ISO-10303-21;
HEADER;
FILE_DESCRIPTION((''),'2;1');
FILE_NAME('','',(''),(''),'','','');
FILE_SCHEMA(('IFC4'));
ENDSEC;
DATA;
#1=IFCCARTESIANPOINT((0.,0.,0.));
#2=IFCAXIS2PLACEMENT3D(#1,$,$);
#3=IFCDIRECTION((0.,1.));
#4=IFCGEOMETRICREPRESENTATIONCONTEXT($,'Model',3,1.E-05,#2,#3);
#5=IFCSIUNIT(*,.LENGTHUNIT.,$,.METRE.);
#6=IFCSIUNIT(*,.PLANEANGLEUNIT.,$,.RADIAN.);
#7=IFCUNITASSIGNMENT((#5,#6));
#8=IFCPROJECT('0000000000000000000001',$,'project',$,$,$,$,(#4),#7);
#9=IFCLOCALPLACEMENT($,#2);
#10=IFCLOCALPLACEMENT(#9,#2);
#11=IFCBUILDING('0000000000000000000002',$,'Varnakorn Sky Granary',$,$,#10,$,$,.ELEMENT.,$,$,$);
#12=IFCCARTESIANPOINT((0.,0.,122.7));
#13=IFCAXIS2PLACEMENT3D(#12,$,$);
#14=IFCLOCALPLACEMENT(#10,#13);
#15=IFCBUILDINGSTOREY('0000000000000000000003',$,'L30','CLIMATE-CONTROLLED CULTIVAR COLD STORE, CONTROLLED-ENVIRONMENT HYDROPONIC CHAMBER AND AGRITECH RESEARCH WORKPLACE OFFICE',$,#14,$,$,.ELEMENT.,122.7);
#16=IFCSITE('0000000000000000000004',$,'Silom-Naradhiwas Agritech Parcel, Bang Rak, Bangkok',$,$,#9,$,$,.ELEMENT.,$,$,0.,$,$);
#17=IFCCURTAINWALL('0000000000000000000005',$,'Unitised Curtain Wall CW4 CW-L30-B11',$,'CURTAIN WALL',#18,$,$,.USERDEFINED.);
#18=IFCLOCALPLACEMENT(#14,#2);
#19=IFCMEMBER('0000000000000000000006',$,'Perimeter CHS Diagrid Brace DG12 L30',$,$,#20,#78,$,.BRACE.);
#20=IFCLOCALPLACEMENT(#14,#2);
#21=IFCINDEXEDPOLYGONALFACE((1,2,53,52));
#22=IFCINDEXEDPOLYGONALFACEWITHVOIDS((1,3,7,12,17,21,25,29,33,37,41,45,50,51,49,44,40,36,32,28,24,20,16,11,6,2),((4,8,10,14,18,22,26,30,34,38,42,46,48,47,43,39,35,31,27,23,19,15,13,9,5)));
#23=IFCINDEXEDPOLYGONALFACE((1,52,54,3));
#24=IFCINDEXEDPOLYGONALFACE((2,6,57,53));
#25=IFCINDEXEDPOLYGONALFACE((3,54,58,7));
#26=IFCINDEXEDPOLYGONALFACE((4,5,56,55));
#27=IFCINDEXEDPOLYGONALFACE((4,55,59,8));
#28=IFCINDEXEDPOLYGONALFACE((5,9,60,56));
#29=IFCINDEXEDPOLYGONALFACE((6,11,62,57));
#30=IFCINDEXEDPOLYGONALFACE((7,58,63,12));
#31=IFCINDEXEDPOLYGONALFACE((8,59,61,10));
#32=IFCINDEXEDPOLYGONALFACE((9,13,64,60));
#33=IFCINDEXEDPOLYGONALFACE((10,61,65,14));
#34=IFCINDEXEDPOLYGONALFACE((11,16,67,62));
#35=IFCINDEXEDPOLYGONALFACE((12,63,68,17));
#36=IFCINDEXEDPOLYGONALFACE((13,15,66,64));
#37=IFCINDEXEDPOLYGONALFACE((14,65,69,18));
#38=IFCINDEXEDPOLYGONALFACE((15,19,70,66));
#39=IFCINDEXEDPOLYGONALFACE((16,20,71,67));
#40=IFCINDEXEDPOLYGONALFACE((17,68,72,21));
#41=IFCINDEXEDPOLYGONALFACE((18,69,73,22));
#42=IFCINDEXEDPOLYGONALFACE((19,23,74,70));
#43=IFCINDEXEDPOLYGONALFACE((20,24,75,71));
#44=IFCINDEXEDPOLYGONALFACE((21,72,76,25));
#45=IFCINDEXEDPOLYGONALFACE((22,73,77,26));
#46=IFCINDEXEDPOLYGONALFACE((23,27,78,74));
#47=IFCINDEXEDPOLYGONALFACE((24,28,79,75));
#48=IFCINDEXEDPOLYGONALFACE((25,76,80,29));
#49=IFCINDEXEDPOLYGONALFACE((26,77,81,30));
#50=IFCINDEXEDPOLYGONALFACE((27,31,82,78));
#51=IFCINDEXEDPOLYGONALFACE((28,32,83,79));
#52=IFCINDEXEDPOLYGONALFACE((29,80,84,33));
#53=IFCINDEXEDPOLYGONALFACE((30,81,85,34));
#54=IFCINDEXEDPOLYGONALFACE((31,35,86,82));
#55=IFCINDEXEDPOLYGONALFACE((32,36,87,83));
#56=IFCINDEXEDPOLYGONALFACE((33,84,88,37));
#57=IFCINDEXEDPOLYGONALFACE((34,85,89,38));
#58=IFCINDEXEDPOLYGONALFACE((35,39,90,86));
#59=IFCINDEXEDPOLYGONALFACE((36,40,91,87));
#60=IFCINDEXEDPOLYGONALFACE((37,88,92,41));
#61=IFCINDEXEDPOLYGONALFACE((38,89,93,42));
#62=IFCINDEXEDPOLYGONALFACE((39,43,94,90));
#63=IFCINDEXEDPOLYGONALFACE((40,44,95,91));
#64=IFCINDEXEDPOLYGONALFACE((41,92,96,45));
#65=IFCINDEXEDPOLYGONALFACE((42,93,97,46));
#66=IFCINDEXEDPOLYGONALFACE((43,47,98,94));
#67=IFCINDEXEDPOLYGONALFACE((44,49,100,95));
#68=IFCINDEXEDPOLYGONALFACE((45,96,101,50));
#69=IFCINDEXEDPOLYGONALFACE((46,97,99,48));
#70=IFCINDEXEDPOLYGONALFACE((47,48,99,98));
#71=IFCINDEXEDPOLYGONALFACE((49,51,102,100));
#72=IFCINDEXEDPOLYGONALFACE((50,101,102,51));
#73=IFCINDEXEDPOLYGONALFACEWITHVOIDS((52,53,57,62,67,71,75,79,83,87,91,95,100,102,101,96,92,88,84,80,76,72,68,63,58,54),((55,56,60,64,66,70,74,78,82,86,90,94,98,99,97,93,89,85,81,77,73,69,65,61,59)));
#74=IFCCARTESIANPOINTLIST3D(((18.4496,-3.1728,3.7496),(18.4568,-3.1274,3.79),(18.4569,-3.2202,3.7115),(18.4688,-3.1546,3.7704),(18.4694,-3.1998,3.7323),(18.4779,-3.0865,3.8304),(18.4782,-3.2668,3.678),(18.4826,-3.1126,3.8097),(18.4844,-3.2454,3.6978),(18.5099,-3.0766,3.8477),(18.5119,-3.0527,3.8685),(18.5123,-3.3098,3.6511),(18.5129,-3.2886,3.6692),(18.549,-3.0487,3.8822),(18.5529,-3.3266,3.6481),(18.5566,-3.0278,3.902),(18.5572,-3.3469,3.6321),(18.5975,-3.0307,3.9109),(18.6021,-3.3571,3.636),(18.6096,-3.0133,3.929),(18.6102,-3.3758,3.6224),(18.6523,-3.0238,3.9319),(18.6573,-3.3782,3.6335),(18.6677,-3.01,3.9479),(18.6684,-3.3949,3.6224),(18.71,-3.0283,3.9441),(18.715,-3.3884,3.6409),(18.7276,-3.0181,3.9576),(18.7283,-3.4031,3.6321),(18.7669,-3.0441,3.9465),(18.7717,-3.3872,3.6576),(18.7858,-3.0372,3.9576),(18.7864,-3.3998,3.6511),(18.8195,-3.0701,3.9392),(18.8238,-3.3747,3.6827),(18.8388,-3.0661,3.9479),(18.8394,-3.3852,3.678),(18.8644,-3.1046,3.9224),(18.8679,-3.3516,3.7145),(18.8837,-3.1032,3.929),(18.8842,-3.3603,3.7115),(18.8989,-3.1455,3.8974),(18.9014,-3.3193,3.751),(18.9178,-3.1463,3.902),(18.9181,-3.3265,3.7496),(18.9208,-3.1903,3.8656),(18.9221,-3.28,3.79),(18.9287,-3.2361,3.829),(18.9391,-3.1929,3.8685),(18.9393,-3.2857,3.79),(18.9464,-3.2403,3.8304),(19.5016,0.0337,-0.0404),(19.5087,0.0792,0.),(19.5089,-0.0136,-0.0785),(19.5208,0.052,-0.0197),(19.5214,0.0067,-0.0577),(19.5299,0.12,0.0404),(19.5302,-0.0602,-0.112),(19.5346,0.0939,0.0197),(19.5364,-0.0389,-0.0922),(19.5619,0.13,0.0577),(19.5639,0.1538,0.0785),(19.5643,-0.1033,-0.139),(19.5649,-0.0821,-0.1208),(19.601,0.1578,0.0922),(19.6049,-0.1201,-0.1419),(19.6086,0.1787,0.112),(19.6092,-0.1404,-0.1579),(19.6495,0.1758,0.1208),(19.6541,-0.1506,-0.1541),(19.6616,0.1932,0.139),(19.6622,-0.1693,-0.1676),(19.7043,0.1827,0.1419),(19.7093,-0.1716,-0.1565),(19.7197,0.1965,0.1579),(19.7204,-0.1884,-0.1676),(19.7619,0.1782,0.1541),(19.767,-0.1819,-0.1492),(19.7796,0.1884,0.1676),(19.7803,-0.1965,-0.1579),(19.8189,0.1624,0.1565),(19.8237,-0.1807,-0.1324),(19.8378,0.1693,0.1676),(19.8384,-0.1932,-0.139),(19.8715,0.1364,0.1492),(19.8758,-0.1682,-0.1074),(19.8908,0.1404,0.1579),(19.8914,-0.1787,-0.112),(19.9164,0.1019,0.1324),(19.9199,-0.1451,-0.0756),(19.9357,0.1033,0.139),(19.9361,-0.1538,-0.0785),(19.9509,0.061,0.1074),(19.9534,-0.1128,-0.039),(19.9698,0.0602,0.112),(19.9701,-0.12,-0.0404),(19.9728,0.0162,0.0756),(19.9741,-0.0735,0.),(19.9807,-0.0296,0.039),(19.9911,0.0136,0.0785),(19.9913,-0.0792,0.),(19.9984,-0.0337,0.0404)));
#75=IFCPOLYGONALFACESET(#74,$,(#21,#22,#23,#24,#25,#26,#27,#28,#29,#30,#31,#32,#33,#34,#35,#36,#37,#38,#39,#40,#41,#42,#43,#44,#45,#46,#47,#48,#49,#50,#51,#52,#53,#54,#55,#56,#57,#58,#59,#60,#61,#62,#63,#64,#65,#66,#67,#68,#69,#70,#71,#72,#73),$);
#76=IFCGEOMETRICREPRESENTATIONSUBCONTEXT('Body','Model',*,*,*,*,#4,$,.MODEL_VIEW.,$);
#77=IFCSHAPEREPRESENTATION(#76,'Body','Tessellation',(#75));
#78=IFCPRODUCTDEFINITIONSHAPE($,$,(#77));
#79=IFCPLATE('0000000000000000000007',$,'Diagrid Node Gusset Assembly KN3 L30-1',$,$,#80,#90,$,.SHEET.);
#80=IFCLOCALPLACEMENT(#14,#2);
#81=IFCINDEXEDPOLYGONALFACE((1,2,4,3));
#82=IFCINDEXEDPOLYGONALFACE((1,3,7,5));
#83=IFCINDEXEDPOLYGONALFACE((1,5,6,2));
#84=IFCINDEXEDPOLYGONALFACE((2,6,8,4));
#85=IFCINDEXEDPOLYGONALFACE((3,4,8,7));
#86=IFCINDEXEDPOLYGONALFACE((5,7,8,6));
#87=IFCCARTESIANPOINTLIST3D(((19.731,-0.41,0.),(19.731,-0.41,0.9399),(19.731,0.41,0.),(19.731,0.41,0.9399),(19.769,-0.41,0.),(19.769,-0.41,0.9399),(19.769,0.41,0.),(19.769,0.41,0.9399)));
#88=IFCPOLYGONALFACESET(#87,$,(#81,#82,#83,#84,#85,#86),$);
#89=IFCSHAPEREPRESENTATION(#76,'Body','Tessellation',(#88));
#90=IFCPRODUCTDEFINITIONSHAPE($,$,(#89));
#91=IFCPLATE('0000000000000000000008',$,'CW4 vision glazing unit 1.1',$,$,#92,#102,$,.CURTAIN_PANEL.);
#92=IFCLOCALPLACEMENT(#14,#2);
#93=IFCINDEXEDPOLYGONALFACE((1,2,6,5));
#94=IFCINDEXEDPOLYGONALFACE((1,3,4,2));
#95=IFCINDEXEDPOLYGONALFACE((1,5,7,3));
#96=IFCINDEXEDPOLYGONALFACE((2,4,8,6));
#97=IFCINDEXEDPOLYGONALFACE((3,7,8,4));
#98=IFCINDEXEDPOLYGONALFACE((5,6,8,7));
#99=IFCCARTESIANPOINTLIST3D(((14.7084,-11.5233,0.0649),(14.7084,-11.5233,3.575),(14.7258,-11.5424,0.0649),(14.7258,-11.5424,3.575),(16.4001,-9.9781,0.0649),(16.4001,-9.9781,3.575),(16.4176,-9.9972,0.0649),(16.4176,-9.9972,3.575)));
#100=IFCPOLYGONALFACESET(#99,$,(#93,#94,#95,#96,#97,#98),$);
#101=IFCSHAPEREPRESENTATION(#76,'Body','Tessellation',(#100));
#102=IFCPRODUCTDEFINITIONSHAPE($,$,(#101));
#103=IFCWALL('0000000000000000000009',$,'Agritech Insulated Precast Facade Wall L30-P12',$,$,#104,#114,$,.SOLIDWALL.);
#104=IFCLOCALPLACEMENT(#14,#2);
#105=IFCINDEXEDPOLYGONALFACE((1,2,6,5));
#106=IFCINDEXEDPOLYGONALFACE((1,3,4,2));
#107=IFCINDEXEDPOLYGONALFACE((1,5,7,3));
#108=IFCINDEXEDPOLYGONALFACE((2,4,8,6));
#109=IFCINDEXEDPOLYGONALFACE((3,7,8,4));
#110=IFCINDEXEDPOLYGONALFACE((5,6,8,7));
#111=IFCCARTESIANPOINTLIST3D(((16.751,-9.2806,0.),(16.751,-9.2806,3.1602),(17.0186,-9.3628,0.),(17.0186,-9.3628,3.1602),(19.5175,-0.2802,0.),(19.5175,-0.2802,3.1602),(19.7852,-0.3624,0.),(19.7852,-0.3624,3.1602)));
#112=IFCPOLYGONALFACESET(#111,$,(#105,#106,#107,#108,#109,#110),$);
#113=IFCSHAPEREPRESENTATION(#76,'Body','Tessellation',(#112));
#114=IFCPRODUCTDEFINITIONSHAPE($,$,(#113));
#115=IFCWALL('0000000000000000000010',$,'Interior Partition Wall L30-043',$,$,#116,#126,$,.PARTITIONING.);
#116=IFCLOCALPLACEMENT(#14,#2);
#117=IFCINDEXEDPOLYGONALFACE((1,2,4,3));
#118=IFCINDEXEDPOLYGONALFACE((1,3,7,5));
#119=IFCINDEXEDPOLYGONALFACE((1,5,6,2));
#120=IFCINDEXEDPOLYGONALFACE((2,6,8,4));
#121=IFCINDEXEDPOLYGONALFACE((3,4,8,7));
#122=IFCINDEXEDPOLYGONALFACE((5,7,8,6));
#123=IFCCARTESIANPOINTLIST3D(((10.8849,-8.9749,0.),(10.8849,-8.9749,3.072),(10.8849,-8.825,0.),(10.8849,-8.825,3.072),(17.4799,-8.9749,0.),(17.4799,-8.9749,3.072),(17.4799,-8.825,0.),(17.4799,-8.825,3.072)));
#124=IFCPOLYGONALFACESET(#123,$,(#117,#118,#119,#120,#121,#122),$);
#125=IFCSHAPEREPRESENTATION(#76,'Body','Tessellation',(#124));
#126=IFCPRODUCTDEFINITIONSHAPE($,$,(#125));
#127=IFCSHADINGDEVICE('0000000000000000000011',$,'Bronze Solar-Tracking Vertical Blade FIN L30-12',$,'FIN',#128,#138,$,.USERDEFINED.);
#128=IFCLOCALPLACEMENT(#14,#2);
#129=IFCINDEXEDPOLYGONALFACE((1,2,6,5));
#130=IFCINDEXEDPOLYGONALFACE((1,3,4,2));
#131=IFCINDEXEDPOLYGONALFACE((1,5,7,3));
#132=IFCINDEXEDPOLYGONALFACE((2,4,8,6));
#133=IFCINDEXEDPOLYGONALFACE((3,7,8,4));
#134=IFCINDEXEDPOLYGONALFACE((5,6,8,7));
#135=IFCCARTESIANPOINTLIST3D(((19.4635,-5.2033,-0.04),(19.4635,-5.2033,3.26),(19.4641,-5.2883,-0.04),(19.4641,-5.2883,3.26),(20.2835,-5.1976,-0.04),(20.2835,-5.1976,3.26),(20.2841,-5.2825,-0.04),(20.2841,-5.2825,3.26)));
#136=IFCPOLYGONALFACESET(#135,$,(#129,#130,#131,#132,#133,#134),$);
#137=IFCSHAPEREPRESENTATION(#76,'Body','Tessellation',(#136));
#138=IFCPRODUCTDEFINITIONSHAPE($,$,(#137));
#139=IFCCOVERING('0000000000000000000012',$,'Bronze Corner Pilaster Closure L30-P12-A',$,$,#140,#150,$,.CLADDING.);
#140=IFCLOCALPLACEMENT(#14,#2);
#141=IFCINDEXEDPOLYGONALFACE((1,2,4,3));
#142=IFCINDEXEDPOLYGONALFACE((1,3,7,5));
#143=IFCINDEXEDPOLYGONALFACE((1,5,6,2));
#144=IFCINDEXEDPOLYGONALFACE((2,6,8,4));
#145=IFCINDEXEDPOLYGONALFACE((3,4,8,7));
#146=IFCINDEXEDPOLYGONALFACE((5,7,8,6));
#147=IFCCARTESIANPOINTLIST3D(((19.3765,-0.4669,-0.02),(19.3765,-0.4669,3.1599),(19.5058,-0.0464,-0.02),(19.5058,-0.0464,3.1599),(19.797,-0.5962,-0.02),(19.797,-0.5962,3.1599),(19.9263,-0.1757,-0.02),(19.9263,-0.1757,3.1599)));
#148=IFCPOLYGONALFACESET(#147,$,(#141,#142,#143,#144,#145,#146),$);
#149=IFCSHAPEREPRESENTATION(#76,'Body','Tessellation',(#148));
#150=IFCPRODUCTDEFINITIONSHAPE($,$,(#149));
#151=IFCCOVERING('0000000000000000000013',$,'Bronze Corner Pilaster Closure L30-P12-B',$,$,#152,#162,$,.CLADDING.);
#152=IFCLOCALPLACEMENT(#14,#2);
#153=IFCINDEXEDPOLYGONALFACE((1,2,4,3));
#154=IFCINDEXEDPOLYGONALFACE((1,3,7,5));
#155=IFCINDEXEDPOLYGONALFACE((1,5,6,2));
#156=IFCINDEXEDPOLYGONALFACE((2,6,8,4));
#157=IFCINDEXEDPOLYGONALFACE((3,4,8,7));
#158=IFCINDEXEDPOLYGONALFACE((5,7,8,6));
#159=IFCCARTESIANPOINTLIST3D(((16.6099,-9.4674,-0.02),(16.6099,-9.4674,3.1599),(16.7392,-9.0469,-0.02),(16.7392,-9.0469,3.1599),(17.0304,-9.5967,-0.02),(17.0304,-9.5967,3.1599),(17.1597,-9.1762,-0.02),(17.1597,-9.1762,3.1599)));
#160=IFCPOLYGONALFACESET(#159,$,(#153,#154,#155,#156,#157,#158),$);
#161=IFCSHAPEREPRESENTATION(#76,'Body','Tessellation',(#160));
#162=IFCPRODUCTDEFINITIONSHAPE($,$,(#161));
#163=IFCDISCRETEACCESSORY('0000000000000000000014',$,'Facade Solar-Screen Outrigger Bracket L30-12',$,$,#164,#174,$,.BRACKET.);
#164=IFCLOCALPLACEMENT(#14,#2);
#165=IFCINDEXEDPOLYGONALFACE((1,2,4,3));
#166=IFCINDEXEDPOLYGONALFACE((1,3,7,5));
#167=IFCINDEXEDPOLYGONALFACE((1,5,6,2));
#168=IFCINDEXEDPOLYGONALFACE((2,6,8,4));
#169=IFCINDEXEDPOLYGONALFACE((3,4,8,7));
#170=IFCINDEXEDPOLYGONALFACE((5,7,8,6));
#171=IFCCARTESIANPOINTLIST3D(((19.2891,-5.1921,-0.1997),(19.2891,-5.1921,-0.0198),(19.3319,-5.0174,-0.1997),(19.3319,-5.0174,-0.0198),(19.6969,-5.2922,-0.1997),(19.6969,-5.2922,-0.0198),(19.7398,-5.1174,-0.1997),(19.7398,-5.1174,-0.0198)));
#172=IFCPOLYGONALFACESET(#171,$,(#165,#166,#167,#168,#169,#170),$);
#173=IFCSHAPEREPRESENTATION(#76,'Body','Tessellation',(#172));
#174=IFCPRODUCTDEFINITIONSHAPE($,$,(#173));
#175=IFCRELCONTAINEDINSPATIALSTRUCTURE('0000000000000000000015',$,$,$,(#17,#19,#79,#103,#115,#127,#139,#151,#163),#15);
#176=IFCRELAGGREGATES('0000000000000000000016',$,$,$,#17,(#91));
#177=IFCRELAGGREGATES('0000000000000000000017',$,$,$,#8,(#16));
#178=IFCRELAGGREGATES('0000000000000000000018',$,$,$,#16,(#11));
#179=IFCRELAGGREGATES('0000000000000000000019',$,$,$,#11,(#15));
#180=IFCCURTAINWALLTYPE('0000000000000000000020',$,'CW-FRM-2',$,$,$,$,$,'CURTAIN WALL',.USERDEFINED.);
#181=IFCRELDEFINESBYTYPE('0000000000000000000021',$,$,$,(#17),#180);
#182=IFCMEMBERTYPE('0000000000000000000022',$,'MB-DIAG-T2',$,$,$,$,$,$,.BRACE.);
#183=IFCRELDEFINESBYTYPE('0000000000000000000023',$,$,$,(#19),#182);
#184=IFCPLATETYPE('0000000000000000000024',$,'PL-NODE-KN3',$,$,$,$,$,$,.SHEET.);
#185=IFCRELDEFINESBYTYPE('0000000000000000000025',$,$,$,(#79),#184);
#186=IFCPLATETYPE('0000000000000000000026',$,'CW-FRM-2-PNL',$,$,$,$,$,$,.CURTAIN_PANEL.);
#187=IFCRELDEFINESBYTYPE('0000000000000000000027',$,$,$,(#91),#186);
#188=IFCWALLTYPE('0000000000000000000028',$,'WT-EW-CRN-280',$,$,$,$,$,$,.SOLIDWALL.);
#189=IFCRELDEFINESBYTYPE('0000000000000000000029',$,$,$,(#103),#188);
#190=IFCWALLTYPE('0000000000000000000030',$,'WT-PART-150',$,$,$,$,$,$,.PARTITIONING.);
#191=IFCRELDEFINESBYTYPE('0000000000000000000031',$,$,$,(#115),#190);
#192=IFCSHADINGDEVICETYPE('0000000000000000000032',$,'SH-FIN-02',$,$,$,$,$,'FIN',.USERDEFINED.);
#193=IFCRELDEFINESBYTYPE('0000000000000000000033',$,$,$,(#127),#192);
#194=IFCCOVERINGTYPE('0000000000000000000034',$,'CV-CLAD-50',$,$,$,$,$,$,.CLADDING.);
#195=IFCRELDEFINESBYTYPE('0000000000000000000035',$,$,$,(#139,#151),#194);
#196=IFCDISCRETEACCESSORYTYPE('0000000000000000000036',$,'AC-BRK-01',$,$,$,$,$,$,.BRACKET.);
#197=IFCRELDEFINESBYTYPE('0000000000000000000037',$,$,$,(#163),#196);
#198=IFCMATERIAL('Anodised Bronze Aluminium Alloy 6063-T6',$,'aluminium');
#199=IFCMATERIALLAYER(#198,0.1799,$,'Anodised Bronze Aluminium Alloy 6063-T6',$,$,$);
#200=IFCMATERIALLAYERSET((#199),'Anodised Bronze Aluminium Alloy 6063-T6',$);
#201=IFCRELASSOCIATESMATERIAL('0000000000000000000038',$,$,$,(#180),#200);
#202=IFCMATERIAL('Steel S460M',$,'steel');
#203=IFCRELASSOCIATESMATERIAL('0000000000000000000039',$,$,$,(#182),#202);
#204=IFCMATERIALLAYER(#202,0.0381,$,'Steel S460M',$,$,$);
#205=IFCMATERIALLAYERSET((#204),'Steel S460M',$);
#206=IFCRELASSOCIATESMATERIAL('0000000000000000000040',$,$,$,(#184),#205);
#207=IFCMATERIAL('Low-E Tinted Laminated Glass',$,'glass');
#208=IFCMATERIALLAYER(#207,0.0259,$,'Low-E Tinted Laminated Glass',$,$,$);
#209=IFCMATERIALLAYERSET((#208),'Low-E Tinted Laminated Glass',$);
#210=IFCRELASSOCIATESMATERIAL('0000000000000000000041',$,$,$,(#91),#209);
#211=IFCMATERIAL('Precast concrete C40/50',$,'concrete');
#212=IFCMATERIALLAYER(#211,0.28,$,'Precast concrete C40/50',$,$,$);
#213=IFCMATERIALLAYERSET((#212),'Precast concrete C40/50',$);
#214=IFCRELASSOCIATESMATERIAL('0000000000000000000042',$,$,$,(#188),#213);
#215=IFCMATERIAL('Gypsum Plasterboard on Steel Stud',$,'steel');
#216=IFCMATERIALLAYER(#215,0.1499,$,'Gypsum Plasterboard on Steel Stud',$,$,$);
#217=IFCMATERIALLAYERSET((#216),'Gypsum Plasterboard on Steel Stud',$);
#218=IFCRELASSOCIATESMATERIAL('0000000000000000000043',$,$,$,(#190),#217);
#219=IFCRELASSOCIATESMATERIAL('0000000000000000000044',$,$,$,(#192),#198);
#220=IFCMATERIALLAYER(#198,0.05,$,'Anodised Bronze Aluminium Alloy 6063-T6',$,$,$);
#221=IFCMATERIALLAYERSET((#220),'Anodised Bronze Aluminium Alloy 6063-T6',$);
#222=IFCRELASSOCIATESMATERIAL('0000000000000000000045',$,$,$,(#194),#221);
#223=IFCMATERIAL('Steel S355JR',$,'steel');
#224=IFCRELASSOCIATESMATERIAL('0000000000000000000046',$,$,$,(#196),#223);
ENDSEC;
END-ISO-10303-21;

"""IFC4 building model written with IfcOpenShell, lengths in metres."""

from ifc_helpers import new_model, si_unit, direction, frame, frame_2d, origin, origin_2d, place, context, subcontext, project, spatial, rectangle, hollow_circle, extrude, source, transform, mapped, material, layer, layer_set, material_profile, profile_set, type_object, type_shapes, element, aggregate, save


model = new_model("IFC4")

# Units and contexts
model_context = context("Model", 3, precision=1e-05, world=origin(), true_north=direction((0.0, 1.0)))
body_context = subcontext(model_context, "Body", "Model", "MODEL_VIEW")
ifc_project = project(units=[si_unit("LENGTHUNIT", "METRE"), si_unit("PLANEANGLEUNIT", "RADIAN")], contexts=[model_context])

# Site, building, storey
site_placement = place(None, origin())
site = spatial("IfcSite", under=ifc_project, at=site_placement, Name="Silom-Naradhiwas Agritech Parcel, Bang Rak, Bangkok", CompositionType="ELEMENT", RefElevation=0.0)
building_placement = place(site_placement, origin())
building = spatial("IfcBuilding", under=site, at=building_placement, Name="Varnakorn Sky Granary", CompositionType="ELEMENT")
storey_placement = place(building_placement, frame((0.0, 0.0, 122.7)))
storey = spatial("IfcBuildingStorey", under=building, at=storey_placement, Name="L30", Description="CLIMATE-CONTROLLED CULTIVAR COLD STORE, CONTROLLED-ENVIRONMENT HYDROPONIC CHAMBER AND AGRITECH RESEARCH WORKPLACE OFFICE", CompositionType="ELEMENT", Elevation=122.7)

# Shared definitions
ifc_material_1 = material(Name="Steel S460M", Category="steel")

# Shared definitions
ifc_material_2 = material(Name="Steel S355JR", Category="steel")

# Shared definitions
ifc_material_3 = material(Name="Anodised Bronze Aluminium Alloy 6063-T6", Category="aluminium")
ifc_layer_1 = layer(ifc_material_3, 0.1799, Name="Anodised Bronze Aluminium Alloy 6063-T6")
ifc_layer_set_1 = layer_set([ifc_layer_1], Name="Anodised Bronze Aluminium Alloy 6063-T6")
curtain_wall_type = type_object("IfcCurtainWallType", Name="CW-FRM-2", ElementType="CURTAIN WALL", PredefinedType="USERDEFINED", material=ifc_layer_set_1)

# Curtain wall
curtain_wall_1_placement = place(storey_placement, origin())
curtain_wall_1 = element("IfcCurtainWall", 1, at=curtain_wall_1_placement, inside=storey, type_object=curtain_wall_type, Name="Unitised Curtain Wall CW4 CW-L30-B11", ObjectType="CURTAIN WALL", PredefinedType="USERDEFINED")

# Member
ifc_material_profile_1 = material_profile(ifc_material_1, hollow_circle(Radius=0.2539, WallThickness=0.0181, at=origin_2d()), Name="CHS 508x18")
ifc_profile_set_1 = profile_set([ifc_material_profile_1], Name="Steel S460M")
member_type_1 = type_object("IfcMemberType", Name="MB-DIAG-T2", PredefinedType="BRACE", material=ifc_profile_set_1)
for number, where, z_axis, x_axis, name in (
    (2, (19.75, 0.0, 0.0), (-0.207302, -0.631863, 0.746843), (0.95017, -0.311732, 0.0), "Perimeter CHS Diagrid Brace DG12 L30"),
):
    element("IfcMember", number, at=place(storey_placement, frame(where, z_axis=z_axis, x_axis=x_axis)), inside=storey, type_object=member_type_1, Name=name, PredefinedType="BRACE", context=body_context, shape_type="SweptSolid", body=[
        extrude(hollow_circle(Radius=0.2539, WallThickness=0.0181, at=origin_2d()), origin(), (0.0, 0.0, 1.0), 5.0747),
    ])

# Plates
ifc_layer_2 = layer(ifc_material_1, 0.0381, Name="Steel S460M")
ifc_layer_set_2 = layer_set([ifc_layer_2], Name="Steel S460M")
plate_type_1 = type_object("IfcPlateType", Name="PL-NODE-KN3", PredefinedType="SHEET", material=ifc_layer_set_2)
plate_1_placement = place(storey_placement, frame((19.75, 0.0, 0.0), z_axis=(0.0, 0.0, 1.0), x_axis=(0.0, 1.0, 0.0)))
element("IfcPlate", 3, at=plate_1_placement, inside=storey, type_object=plate_type_1, Name="Diagrid Node Gusset Assembly KN3 L30-1", PredefinedType="SHEET", context=body_context, shape_type="SweptSolid", body=[
    extrude(rectangle(XDim=0.8201, YDim=0.0381, at=origin_2d()), origin(), (0.0, 0.0, 1.0), 0.9399),
])
ifc_material_4 = material(Name="Low-E Tinted Laminated Glass", Category="glass")
ifc_layer_3 = layer(ifc_material_4, 0.0259, Name="Low-E Tinted Laminated Glass")
ifc_layer_set_3 = layer_set([ifc_layer_3], Name="Low-E Tinted Laminated Glass")
plate_type_2 = type_object("IfcPlateType", Name="CW-FRM-2-PNL", PredefinedType="CURTAIN_PANEL")
shared_shape_1 = source(origin(), body_context, "Body", "SweptSolid", [
    extrude(rectangle(XDim=2.2913, YDim=0.0259, at=origin_2d()), origin(), (0.0, 0.0, 1.0), 3.51),
])
type_shapes(plate_type_2, [shared_shape_1])
plate_2_placement = place(storey_placement, frame((15.563, -10.7603, 0.0649), z_axis=(0.0, 0.0, 1.0), x_axis=(-0.738359, -0.674407, 0.0)))
plate_2 = element("IfcPlate", 4, at=plate_2_placement, type_object=plate_type_2, material=ifc_layer_set_3, Name="CW4 vision glazing unit 1.1", PredefinedType="CURTAIN_PANEL", context=body_context, shape_type="MappedRepresentation", body=[
    mapped(shared_shape_1, transform((0.0, 0.0, 0.0), x_axis=(1.0, 0.0, 0.0), y_axis=(0.0, 1.0, 0.0), z_axis=(0.0, 0.0, 1.0), scale=1.0)),
])
aggregate(curtain_wall_1, [plate_2])

# Walls
ifc_material_5 = material(Name="Precast concrete C40/50", Category="concrete")
ifc_layer_4 = layer(ifc_material_5, 0.28, Name="Precast concrete C40/50")
ifc_layer_set_4 = layer_set([ifc_layer_4], Name="Precast concrete C40/50")
wall_type_1 = type_object("IfcWallType", Name="WT-EW-CRN-280", PredefinedType="SOLIDWALL", material=ifc_layer_set_4)
wall_1_placement = place(storey_placement, frame((19.6514, -0.3213, 0.0), z_axis=(0.0, 0.0, 1.0), x_axis=(-0.293816, -0.955862, 0.0)))
element("IfcWall", 5, at=wall_1_placement, inside=storey, type_object=wall_type_1, Name="Agritech Insulated Precast Facade Wall L30-P12", PredefinedType="SOLIDWALL", context=body_context, shape_type="SweptSolid", body=[
    extrude(rectangle(XDim=9.416, YDim=0.28, at=frame_2d((4.708, 0.0))), origin(), (0.0, 0.0, 1.0), 3.1602),
])
ifc_material_6 = material(Name="Gypsum Plasterboard on Steel Stud", Category="steel")
ifc_layer_5 = layer(ifc_material_6, 0.1499, Name="Gypsum Plasterboard on Steel Stud")
ifc_layer_set_5 = layer_set([ifc_layer_5], Name="Gypsum Plasterboard on Steel Stud")
wall_type_2 = type_object("IfcWallType", Name="WT-PART-150", PredefinedType="PARTITIONING", material=ifc_layer_set_5)
wall_2_placement = place(storey_placement, frame((10.885, -8.8999, 0.0), z_axis=(0.0, 0.0, 1.0), x_axis=(1.0, 0.0, 0.0)))
element("IfcWall", 6, at=wall_2_placement, inside=storey, type_object=wall_type_2, Name="Interior Partition Wall L30-043", PredefinedType="PARTITIONING", context=body_context, shape_type="SweptSolid", body=[
    extrude(rectangle(XDim=6.595, YDim=0.1499, at=frame_2d((3.2974, 0.0))), origin(), (0.0, 0.0, 1.0), 3.072),
])

# Shading device
shading_device_type = type_object("IfcShadingDeviceType", Name="SH-FIN-02", ElementType="FIN", PredefinedType="USERDEFINED", material=ifc_material_3)
shared_shape_2 = source(origin(), body_context, "Body", "SweptSolid", [
    extrude(rectangle(XDim=0.085, YDim=0.8201, at=origin_2d()), origin(), (0.0, 0.0, 1.0), 3.3),
])
type_shapes(shading_device_type, [shared_shape_2])
shading_device_placement = place(storey_placement, frame((19.8738, -5.2429, -0.04), z_axis=(0.0, 0.0, 1.0), x_axis=(-0.007005, 0.999975, 0.0)))
element("IfcShadingDevice", 7, at=shading_device_placement, inside=storey, type_object=shading_device_type, Name="Bronze Solar-Tracking Vertical Blade FIN L30-12", ObjectType="FIN", PredefinedType="USERDEFINED", context=body_context, shape_type="MappedRepresentation", body=[
    mapped(shared_shape_2, transform((0.0, 0.0, 0.0), x_axis=(1.0, 0.0, 0.0), y_axis=(0.0, 1.0, 0.0), z_axis=(0.0, 0.0, 1.0), scale=1.0)),
])

# Coverings
ifc_layer_6 = layer(ifc_material_3, 0.05, Name="Anodised Bronze Aluminium Alloy 6063-T6")
ifc_layer_set_6 = layer_set([ifc_layer_6], Name="Anodised Bronze Aluminium Alloy 6063-T6")
covering_type = type_object("IfcCoveringType", Name="CV-CLAD-50", PredefinedType="CLADDING", material=ifc_layer_set_6)
shared_shape_3 = source(origin(), body_context, "Body", "SweptSolid", [
    extrude(rectangle(XDim=0.4399, YDim=0.4399, at=origin_2d()), origin(), (0.0, 0.0, 1.0), 3.1799),
])
type_shapes(covering_type, [shared_shape_3])
for number, where, z_axis, x_axis, name in (
    (8, (19.6514, -0.3213, -0.02), (0.0, 0.0, 1.0), (-0.293874, -0.955844, 0.0), "Bronze Corner Pilaster Closure L30-P12-A"),
    (9, (16.8848, -9.3218, -0.02), (0.0, 0.0, 1.0), (-0.293874, -0.955844, 0.0), "Bronze Corner Pilaster Closure L30-P12-B"),
):
    element("IfcCovering", number, at=place(storey_placement, frame(where, z_axis=z_axis, x_axis=x_axis)), inside=storey, type_object=covering_type, Name=name, PredefinedType="CLADDING", context=body_context, shape_type="MappedRepresentation", body=[
        mapped(shared_shape_3, transform((0.0, 0.0, 0.0), x_axis=(1.0, 0.0, 0.0), y_axis=(0.0, 1.0, 0.0), z_axis=(0.0, 0.0, 1.0), scale=1.0)),
    ])

# Discrete accessory
discrete_accessory_type = type_object("IfcDiscreteAccessoryType", Name="AC-BRK-01", PredefinedType="BRACKET", material=ifc_material_2)
shared_shape_4 = source(origin(), body_context, "Body", "SweptSolid", [
    extrude(rectangle(XDim=0.1799, YDim=0.4199, at=origin_2d()), origin(), (0.0, 0.0, 1.0), 0.1799),
])
type_shapes(discrete_accessory_type, [shared_shape_4])
discrete_accessory_placement = place(storey_placement, frame((19.5144, -5.1548, -0.1997), z_axis=(0.0, 0.0, 1.0), x_axis=(0.238236, 0.971207, 0.0)))
element("IfcDiscreteAccessory", 10, at=discrete_accessory_placement, inside=storey, type_object=discrete_accessory_type, Name="Facade Solar-Screen Outrigger Bracket L30-12", PredefinedType="BRACKET", context=body_context, shape_type="MappedRepresentation", body=[
    mapped(shared_shape_4, transform((0.0, 0.0, 0.0), x_axis=(1.0, 0.0, 0.0), y_axis=(0.0, 1.0, 0.0), z_axis=(0.0, 0.0, 1.0), scale=1.0)),
])

save(model, "model.ifc")
